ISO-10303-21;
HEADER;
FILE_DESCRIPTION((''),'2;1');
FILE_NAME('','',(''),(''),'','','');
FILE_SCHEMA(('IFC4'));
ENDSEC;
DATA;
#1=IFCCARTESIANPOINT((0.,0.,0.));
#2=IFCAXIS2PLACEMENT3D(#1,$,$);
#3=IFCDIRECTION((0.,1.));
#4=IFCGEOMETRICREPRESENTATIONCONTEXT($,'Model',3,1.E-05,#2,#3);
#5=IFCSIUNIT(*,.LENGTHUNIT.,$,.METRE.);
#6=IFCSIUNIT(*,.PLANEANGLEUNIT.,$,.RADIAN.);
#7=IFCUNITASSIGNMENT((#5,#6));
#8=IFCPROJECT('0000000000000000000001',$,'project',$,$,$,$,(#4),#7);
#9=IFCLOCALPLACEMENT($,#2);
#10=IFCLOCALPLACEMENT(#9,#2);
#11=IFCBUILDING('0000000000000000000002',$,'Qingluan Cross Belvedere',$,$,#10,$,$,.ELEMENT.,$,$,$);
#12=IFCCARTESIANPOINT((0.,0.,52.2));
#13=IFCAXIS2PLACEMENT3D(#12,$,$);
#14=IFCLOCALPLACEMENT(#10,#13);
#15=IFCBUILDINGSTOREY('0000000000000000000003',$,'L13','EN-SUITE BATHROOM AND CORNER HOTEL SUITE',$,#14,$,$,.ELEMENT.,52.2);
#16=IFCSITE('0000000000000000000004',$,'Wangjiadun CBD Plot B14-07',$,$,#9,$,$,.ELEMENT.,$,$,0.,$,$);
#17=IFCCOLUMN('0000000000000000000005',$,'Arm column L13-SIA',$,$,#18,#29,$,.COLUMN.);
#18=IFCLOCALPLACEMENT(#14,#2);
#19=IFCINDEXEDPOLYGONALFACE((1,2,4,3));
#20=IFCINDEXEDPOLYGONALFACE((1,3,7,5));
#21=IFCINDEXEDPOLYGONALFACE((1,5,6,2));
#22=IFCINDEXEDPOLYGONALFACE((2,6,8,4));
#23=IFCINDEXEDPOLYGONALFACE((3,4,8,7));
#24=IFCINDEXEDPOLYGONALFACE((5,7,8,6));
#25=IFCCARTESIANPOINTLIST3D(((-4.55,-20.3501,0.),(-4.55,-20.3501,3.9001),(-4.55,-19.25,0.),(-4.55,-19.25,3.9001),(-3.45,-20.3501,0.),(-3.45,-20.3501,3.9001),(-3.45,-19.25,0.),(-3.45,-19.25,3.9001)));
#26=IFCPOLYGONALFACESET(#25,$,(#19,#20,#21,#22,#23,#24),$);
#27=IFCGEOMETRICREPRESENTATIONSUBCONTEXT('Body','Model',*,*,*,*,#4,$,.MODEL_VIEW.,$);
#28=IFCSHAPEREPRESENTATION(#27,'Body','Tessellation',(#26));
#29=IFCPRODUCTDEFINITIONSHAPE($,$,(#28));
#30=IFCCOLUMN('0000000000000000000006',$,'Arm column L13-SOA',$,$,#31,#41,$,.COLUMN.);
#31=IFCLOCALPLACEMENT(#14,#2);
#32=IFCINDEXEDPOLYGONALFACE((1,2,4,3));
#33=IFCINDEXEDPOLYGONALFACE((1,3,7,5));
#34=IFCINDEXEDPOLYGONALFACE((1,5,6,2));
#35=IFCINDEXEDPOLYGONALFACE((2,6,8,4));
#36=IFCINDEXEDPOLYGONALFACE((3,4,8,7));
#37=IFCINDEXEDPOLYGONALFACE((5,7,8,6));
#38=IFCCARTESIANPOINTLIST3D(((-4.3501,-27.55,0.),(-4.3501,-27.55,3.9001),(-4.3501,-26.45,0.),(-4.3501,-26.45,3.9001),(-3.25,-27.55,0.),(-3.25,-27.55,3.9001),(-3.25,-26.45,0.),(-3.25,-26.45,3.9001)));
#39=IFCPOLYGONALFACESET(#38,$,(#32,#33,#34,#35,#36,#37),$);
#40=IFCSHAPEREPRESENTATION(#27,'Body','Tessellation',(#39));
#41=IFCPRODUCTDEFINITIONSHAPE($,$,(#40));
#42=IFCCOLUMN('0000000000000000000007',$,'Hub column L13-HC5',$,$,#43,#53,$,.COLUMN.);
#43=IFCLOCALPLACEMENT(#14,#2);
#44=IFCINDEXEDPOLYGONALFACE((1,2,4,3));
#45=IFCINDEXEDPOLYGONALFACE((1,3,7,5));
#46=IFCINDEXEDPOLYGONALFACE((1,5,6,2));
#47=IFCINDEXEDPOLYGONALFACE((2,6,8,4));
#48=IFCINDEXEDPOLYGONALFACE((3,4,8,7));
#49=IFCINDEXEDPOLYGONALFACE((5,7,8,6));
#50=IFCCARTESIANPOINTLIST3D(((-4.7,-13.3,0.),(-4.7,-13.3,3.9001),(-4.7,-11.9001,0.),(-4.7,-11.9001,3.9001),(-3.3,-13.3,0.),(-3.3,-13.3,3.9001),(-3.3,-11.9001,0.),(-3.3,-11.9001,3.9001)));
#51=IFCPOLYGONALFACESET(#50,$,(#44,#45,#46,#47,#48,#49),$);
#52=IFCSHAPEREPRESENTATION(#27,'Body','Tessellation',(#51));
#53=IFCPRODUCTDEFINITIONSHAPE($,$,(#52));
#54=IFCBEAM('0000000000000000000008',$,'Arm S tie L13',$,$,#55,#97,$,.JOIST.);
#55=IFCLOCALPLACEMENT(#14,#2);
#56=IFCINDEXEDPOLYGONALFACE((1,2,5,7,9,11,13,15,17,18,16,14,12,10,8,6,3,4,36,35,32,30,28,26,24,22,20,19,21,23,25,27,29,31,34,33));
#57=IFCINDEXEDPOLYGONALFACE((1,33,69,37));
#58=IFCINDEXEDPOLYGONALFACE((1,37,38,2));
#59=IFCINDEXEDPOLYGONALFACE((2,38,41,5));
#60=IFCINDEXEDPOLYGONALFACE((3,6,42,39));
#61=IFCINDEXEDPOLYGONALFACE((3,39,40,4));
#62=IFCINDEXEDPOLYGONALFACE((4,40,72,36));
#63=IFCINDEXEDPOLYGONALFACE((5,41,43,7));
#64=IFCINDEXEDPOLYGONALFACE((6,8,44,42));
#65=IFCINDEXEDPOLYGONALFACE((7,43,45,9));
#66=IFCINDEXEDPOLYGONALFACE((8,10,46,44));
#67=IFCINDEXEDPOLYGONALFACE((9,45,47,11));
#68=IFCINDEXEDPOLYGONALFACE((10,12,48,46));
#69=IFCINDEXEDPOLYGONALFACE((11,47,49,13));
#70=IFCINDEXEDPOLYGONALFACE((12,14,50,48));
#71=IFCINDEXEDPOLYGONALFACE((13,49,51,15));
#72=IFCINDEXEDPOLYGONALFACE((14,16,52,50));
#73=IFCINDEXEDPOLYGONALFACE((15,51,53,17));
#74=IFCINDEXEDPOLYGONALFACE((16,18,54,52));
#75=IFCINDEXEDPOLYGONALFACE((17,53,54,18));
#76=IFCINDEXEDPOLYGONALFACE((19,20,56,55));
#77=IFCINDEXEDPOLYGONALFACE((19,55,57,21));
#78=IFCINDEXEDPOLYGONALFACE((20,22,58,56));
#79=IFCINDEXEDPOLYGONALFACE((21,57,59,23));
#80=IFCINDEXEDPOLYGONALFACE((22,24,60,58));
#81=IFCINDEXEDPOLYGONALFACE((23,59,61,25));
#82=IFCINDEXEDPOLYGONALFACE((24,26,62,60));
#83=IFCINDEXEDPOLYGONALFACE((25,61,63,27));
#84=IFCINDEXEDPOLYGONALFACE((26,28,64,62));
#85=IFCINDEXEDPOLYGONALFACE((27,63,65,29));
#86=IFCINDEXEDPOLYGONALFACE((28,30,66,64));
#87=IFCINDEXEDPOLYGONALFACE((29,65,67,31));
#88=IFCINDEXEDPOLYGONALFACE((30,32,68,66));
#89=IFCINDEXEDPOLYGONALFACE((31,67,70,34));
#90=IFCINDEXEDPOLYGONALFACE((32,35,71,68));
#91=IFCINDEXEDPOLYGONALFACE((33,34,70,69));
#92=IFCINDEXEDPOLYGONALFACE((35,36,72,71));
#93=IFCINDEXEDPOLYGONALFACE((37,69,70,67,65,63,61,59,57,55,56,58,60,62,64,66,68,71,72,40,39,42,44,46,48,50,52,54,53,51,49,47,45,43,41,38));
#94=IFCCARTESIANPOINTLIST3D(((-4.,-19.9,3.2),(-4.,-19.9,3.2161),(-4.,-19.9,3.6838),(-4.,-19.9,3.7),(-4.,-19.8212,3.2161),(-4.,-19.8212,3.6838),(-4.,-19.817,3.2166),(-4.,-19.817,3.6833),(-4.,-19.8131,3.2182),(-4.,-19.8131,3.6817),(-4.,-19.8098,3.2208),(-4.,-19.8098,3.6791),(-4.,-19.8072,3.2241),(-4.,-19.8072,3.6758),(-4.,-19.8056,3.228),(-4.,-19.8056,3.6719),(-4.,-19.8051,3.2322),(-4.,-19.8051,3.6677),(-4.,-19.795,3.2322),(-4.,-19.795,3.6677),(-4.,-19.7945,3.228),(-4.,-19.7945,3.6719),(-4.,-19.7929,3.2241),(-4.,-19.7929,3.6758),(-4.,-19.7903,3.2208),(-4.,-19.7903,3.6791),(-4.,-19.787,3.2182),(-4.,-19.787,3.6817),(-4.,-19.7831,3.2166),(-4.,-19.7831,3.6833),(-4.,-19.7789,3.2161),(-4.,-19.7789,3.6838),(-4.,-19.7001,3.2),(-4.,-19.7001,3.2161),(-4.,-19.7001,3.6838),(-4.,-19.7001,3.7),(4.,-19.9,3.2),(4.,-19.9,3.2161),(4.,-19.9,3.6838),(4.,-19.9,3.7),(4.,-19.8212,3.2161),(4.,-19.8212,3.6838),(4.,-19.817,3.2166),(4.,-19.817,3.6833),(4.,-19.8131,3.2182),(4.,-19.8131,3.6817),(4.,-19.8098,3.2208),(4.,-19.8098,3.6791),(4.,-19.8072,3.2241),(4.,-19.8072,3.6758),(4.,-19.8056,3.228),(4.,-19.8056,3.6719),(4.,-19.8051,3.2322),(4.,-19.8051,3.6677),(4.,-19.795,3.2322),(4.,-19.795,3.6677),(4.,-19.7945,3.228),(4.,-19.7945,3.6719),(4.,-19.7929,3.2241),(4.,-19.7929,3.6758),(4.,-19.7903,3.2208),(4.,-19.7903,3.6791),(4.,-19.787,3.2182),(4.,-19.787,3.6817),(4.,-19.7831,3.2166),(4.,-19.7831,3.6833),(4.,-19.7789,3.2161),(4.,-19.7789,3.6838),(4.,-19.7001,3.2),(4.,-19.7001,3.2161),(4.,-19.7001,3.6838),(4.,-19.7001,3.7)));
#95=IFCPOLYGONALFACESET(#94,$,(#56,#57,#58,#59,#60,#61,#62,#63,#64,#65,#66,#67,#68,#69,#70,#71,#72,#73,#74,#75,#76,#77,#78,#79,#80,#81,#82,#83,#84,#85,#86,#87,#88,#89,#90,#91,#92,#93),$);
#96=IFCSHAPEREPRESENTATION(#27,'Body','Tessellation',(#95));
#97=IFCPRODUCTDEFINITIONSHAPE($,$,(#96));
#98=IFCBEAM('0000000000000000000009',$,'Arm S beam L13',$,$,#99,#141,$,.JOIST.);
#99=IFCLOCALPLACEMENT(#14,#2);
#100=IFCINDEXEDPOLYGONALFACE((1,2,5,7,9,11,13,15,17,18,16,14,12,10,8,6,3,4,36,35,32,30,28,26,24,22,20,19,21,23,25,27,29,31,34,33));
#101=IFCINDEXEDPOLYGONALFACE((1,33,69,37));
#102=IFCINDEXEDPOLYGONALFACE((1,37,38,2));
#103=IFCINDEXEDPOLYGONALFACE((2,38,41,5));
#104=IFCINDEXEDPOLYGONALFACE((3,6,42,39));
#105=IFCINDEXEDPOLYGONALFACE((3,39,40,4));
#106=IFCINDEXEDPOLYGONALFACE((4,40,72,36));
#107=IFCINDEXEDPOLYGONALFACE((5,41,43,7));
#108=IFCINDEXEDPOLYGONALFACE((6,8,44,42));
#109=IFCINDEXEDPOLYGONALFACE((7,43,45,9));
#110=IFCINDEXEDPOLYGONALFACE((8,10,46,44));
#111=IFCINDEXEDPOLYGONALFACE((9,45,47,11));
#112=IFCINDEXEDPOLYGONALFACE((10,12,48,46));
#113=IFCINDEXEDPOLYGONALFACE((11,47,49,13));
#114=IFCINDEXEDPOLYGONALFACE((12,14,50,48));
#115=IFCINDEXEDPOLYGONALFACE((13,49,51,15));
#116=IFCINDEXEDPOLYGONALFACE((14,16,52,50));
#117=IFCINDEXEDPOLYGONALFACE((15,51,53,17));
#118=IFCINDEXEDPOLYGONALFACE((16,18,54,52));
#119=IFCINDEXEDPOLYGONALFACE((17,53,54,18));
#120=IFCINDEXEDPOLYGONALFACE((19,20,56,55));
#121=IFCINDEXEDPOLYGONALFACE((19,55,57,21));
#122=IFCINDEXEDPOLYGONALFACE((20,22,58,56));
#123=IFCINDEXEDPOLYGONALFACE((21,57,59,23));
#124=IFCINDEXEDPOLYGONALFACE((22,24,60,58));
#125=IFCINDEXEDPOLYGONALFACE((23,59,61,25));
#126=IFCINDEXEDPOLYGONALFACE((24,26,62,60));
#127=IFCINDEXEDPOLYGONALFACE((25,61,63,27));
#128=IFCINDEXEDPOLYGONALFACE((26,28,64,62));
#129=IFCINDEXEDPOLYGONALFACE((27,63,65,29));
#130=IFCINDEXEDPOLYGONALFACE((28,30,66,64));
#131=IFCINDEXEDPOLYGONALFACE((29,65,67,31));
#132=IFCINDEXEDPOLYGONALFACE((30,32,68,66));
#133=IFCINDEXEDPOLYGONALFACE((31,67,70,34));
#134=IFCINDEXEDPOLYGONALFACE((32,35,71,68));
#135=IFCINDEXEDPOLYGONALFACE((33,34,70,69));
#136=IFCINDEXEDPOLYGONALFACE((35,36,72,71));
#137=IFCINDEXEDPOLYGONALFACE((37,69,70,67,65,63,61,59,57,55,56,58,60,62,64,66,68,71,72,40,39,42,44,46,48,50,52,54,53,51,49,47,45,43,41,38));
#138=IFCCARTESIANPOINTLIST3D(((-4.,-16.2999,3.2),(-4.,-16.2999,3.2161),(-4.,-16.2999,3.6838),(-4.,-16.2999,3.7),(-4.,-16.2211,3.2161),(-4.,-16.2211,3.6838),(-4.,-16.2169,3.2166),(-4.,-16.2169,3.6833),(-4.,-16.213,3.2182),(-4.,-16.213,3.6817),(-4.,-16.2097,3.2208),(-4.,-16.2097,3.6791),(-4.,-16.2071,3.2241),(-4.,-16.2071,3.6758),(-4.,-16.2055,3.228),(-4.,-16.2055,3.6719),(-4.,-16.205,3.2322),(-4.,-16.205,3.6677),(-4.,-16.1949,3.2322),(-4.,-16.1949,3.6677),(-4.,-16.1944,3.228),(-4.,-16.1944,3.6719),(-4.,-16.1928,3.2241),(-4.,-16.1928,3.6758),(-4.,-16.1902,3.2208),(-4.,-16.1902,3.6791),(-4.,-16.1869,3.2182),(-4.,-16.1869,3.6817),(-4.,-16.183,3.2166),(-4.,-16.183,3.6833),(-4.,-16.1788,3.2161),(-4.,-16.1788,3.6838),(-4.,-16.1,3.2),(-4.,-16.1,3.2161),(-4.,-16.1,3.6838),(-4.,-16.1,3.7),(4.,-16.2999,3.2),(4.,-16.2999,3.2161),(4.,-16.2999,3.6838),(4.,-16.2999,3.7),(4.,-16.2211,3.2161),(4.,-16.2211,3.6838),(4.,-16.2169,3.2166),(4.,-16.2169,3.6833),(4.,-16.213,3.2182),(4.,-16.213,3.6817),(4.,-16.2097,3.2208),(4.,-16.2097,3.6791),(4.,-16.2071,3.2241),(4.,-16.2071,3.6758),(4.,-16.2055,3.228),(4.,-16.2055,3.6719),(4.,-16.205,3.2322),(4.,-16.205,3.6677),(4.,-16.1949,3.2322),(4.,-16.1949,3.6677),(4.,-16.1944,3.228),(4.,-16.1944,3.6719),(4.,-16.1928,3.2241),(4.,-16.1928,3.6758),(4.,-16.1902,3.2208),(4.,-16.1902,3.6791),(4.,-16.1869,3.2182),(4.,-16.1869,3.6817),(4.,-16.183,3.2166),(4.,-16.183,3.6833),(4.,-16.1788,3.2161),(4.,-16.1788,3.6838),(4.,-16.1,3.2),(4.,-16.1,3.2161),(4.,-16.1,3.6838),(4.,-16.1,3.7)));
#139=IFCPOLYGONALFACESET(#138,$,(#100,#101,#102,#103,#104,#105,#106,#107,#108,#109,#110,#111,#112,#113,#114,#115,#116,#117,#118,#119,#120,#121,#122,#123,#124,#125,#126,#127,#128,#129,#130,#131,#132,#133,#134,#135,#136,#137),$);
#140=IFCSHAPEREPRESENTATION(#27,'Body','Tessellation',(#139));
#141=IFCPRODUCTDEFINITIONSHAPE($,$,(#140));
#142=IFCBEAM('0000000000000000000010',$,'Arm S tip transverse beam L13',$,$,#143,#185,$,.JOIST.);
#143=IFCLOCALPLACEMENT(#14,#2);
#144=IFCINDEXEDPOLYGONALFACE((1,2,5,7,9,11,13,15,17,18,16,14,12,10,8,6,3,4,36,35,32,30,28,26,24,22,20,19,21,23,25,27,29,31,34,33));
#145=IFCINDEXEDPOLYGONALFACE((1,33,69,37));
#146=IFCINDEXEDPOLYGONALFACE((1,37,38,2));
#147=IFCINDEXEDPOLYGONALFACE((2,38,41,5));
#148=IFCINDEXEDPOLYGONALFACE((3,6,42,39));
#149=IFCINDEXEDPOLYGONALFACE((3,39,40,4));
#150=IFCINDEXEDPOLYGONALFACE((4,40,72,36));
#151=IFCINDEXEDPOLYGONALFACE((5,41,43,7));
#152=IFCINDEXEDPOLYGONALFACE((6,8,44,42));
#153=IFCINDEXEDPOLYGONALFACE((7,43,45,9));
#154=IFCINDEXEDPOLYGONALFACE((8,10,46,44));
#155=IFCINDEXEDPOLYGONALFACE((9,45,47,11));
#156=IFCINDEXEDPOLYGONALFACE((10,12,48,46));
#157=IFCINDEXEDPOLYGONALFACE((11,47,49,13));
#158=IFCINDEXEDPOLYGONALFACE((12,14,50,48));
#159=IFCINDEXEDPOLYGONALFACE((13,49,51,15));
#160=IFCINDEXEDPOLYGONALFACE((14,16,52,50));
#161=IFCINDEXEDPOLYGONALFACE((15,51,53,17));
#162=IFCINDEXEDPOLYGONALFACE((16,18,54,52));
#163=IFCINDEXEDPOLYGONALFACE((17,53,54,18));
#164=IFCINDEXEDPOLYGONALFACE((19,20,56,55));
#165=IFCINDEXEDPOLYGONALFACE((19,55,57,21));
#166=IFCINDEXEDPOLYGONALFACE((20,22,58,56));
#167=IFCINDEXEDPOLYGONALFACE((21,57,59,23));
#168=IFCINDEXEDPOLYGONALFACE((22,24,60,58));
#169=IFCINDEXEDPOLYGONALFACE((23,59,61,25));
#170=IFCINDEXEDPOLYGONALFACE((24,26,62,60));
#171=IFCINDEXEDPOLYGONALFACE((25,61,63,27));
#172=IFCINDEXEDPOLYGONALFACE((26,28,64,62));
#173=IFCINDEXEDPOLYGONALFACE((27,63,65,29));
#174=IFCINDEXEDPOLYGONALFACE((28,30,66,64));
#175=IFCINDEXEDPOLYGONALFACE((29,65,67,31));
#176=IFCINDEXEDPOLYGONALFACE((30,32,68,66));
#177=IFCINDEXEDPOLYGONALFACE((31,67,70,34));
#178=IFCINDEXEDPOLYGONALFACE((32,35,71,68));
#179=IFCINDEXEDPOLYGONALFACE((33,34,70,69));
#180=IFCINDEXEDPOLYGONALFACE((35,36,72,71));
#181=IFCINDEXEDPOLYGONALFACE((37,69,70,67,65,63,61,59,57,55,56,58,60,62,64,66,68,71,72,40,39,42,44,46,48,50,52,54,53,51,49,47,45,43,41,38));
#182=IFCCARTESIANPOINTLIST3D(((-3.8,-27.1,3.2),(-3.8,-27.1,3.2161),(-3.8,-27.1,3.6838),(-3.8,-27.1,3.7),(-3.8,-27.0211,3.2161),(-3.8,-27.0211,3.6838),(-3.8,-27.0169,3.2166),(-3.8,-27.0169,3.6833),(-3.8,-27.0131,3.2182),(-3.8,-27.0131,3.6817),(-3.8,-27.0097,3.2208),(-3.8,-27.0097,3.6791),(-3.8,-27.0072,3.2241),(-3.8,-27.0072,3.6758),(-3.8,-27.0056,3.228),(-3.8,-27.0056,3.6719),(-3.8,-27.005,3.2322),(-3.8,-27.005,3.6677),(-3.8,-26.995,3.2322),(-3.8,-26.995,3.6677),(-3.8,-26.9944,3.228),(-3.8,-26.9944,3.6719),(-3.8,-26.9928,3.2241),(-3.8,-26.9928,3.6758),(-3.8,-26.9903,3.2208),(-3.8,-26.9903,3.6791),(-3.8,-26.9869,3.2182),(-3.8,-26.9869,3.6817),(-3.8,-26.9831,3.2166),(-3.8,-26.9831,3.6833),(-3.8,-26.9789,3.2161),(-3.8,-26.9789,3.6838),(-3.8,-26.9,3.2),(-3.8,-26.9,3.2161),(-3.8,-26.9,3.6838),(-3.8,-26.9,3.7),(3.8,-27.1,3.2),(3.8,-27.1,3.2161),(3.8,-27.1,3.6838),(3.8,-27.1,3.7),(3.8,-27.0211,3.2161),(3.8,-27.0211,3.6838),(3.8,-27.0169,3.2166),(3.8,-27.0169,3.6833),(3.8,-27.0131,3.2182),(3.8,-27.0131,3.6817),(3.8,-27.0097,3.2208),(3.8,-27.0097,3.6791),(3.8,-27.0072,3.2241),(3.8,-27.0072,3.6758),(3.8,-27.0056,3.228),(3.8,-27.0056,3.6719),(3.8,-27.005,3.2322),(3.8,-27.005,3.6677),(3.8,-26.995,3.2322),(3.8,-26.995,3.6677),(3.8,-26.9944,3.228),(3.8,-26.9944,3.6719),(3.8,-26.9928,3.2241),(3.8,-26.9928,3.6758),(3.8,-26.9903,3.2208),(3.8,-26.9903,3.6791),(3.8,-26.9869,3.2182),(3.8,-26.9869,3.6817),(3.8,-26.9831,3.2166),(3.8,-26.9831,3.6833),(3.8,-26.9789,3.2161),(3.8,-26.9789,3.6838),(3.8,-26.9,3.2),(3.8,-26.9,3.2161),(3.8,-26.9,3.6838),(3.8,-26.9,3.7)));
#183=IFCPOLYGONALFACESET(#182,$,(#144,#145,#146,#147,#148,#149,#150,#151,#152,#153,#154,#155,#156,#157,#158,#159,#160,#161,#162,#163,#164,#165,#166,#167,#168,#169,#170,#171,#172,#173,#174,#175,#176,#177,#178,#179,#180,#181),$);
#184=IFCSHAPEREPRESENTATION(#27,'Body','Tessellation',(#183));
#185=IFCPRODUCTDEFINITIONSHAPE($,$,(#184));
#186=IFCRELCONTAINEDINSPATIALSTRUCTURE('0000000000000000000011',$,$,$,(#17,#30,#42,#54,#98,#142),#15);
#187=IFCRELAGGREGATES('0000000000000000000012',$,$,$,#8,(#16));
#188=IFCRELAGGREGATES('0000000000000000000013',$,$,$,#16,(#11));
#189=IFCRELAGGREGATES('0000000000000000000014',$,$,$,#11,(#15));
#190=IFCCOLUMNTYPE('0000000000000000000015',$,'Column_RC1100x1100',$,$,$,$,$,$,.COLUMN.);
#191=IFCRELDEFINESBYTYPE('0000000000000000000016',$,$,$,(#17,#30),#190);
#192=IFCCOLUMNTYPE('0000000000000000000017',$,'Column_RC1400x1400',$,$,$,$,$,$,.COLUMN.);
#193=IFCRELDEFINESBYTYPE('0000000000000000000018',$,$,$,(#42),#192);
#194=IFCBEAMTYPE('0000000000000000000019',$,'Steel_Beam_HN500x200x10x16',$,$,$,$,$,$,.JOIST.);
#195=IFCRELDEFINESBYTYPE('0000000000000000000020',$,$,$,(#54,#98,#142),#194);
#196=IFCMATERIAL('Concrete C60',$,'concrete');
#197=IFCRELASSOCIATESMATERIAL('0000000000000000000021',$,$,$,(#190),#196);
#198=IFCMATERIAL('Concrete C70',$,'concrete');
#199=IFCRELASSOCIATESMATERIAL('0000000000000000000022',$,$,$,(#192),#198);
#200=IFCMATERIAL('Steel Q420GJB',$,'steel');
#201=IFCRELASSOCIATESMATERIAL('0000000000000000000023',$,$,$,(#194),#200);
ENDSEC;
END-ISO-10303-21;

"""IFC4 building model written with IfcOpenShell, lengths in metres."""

from ifc_helpers import new_model, si_unit, direction, frame, origin, origin_2d, place, context, subcontext, project, spatial, rectangle, i_section, extrude, material, material_profile, profile_set, type_object, element, save


model = new_model("IFC4")

# Units and contexts
model_context = context("Model", 3, precision=1e-05, world=origin(), true_north=direction((0.0, 1.0)))
body_context = subcontext(model_context, "Body", "Model", "MODEL_VIEW")
ifc_project = project(units=[si_unit("LENGTHUNIT", "METRE"), si_unit("PLANEANGLEUNIT", "RADIAN")], contexts=[model_context])

# Site, building, storey
site_placement = place(None, origin())
site = spatial("IfcSite", under=ifc_project, at=site_placement, Name="Wangjiadun CBD Plot B14-07", CompositionType="ELEMENT", RefElevation=0.0)
building_placement = place(site_placement, origin())
building = spatial("IfcBuilding", under=site, at=building_placement, Name="Qingluan Cross Belvedere", CompositionType="ELEMENT")
storey_placement = place(building_placement, frame((0.0, 0.0, 52.2)))
storey = spatial("IfcBuildingStorey", under=building, at=storey_placement, Name="L13", Description="EN-SUITE BATHROOM AND CORNER HOTEL SUITE", CompositionType="ELEMENT", Elevation=52.2)

# Columns
ifc_material_1 = material(Name="Concrete C60", Category="concrete")
ifc_material_profile_1 = material_profile(ifc_material_1, rectangle(XDim=1.1001, YDim=1.1001, at=origin_2d()), Name="RC1100x1100")
ifc_profile_set_1 = profile_set([ifc_material_profile_1], Name="Concrete C60")
column_type_1 = type_object("IfcColumnType", Name="Column_RC1100x1100", PredefinedType="COLUMN", material=ifc_profile_set_1)
for number, where, z_axis, x_axis, name in (
    (1, (-4.0, -19.8, 0.0), (0.0, 0.0, 1.0), (1.0, 0.0, 0.0), "Arm column L13-SIA"),
    (2, (-3.8, -27.0, 0.0), (0.0, 0.0, 1.0), (1.0, 0.0, 0.0), "Arm column L13-SOA"),
):
    element("IfcColumn", number, at=place(storey_placement, frame(where, z_axis=z_axis, x_axis=x_axis)), inside=storey, type_object=column_type_1, Name=name, PredefinedType="COLUMN", context=body_context, shape_type="SweptSolid", body=[
        extrude(rectangle(XDim=1.1001, YDim=1.1001, at=origin_2d()), origin(), (0.0, 0.0, 1.0), 3.9001),
    ])
ifc_material_2 = material(Name="Concrete C70", Category="concrete")
ifc_material_profile_2 = material_profile(ifc_material_2, rectangle(XDim=1.3999, YDim=1.3999, at=origin_2d()), Name="RC1400x1400")
ifc_profile_set_2 = profile_set([ifc_material_profile_2], Name="Concrete C70")
column_type_2 = type_object("IfcColumnType", Name="Column_RC1400x1400", PredefinedType="COLUMN", material=ifc_profile_set_2)
column_placement = place(storey_placement, frame((-4.0, -12.6001, 0.0), z_axis=(0.0, 0.0, 1.0), x_axis=(1.0, 0.0, 0.0)))
element("IfcColumn", 3, at=column_placement, inside=storey, type_object=column_type_2, Name="Hub column L13-HC5", PredefinedType="COLUMN", context=body_context, shape_type="SweptSolid", body=[
    extrude(rectangle(XDim=1.3999, YDim=1.3999, at=origin_2d()), origin(), (0.0, 0.0, 1.0), 3.9001),
])

# Beams
ifc_material_3 = material(Name="Steel Q420GJB", Category="steel")
ifc_material_profile_3 = material_profile(ifc_material_3, i_section(OverallWidth=0.2, OverallDepth=0.5, WebThickness=0.01, FlangeThickness=0.0161, FilletRadius=0.0161, at=origin_2d()), Name="HN500x200x10x16")
ifc_profile_set_3 = profile_set([ifc_material_profile_3], Name="Steel Q420GJB")
beam_type_1 = type_object("IfcBeamType", Name="Steel_Beam_HN500x200x10x16", PredefinedType="JOIST", material=ifc_profile_set_3)
for number, where, z_axis, x_axis, name in (
    (4, (-4.0, -19.8, 3.45), (1.0, 0.0, 0.0), (0.0, 1.0, 0.0), "Arm S tie L13"),
    (5, (-4.0, -16.2, 3.45), (1.0, 0.0, 0.0), (0.0, 1.0, 0.0), "Arm S beam L13"),
):
    element("IfcBeam", number, at=place(storey_placement, frame(where, z_axis=z_axis, x_axis=x_axis)), inside=storey, type_object=beam_type_1, Name=name, PredefinedType="JOIST", context=body_context, shape_type="SweptSolid", body=[
        extrude(i_section(OverallWidth=0.2, OverallDepth=0.5, WebThickness=0.01, FlangeThickness=0.0161, FilletRadius=0.0161, at=origin_2d()), origin(), (0.0, 0.0, 1.0), 8.0),
    ])
beam_1_placement = place(storey_placement, frame((-3.8, -27.0, 3.45), z_axis=(1.0, 0.0, 0.0), x_axis=(0.0, 1.0, 0.0)))
element("IfcBeam", 6, at=beam_1_placement, inside=storey, type_object=beam_type_1, Name="Arm S tip transverse beam L13", PredefinedType="JOIST", context=body_context, shape_type="SweptSolid", body=[
    extrude(i_section(OverallWidth=0.2, OverallDepth=0.5, WebThickness=0.01, FlangeThickness=0.0161, FilletRadius=0.0161, at=origin_2d()), origin(), (0.0, 0.0, 1.0), 7.6001),
])

save(model, "model.ifc")
